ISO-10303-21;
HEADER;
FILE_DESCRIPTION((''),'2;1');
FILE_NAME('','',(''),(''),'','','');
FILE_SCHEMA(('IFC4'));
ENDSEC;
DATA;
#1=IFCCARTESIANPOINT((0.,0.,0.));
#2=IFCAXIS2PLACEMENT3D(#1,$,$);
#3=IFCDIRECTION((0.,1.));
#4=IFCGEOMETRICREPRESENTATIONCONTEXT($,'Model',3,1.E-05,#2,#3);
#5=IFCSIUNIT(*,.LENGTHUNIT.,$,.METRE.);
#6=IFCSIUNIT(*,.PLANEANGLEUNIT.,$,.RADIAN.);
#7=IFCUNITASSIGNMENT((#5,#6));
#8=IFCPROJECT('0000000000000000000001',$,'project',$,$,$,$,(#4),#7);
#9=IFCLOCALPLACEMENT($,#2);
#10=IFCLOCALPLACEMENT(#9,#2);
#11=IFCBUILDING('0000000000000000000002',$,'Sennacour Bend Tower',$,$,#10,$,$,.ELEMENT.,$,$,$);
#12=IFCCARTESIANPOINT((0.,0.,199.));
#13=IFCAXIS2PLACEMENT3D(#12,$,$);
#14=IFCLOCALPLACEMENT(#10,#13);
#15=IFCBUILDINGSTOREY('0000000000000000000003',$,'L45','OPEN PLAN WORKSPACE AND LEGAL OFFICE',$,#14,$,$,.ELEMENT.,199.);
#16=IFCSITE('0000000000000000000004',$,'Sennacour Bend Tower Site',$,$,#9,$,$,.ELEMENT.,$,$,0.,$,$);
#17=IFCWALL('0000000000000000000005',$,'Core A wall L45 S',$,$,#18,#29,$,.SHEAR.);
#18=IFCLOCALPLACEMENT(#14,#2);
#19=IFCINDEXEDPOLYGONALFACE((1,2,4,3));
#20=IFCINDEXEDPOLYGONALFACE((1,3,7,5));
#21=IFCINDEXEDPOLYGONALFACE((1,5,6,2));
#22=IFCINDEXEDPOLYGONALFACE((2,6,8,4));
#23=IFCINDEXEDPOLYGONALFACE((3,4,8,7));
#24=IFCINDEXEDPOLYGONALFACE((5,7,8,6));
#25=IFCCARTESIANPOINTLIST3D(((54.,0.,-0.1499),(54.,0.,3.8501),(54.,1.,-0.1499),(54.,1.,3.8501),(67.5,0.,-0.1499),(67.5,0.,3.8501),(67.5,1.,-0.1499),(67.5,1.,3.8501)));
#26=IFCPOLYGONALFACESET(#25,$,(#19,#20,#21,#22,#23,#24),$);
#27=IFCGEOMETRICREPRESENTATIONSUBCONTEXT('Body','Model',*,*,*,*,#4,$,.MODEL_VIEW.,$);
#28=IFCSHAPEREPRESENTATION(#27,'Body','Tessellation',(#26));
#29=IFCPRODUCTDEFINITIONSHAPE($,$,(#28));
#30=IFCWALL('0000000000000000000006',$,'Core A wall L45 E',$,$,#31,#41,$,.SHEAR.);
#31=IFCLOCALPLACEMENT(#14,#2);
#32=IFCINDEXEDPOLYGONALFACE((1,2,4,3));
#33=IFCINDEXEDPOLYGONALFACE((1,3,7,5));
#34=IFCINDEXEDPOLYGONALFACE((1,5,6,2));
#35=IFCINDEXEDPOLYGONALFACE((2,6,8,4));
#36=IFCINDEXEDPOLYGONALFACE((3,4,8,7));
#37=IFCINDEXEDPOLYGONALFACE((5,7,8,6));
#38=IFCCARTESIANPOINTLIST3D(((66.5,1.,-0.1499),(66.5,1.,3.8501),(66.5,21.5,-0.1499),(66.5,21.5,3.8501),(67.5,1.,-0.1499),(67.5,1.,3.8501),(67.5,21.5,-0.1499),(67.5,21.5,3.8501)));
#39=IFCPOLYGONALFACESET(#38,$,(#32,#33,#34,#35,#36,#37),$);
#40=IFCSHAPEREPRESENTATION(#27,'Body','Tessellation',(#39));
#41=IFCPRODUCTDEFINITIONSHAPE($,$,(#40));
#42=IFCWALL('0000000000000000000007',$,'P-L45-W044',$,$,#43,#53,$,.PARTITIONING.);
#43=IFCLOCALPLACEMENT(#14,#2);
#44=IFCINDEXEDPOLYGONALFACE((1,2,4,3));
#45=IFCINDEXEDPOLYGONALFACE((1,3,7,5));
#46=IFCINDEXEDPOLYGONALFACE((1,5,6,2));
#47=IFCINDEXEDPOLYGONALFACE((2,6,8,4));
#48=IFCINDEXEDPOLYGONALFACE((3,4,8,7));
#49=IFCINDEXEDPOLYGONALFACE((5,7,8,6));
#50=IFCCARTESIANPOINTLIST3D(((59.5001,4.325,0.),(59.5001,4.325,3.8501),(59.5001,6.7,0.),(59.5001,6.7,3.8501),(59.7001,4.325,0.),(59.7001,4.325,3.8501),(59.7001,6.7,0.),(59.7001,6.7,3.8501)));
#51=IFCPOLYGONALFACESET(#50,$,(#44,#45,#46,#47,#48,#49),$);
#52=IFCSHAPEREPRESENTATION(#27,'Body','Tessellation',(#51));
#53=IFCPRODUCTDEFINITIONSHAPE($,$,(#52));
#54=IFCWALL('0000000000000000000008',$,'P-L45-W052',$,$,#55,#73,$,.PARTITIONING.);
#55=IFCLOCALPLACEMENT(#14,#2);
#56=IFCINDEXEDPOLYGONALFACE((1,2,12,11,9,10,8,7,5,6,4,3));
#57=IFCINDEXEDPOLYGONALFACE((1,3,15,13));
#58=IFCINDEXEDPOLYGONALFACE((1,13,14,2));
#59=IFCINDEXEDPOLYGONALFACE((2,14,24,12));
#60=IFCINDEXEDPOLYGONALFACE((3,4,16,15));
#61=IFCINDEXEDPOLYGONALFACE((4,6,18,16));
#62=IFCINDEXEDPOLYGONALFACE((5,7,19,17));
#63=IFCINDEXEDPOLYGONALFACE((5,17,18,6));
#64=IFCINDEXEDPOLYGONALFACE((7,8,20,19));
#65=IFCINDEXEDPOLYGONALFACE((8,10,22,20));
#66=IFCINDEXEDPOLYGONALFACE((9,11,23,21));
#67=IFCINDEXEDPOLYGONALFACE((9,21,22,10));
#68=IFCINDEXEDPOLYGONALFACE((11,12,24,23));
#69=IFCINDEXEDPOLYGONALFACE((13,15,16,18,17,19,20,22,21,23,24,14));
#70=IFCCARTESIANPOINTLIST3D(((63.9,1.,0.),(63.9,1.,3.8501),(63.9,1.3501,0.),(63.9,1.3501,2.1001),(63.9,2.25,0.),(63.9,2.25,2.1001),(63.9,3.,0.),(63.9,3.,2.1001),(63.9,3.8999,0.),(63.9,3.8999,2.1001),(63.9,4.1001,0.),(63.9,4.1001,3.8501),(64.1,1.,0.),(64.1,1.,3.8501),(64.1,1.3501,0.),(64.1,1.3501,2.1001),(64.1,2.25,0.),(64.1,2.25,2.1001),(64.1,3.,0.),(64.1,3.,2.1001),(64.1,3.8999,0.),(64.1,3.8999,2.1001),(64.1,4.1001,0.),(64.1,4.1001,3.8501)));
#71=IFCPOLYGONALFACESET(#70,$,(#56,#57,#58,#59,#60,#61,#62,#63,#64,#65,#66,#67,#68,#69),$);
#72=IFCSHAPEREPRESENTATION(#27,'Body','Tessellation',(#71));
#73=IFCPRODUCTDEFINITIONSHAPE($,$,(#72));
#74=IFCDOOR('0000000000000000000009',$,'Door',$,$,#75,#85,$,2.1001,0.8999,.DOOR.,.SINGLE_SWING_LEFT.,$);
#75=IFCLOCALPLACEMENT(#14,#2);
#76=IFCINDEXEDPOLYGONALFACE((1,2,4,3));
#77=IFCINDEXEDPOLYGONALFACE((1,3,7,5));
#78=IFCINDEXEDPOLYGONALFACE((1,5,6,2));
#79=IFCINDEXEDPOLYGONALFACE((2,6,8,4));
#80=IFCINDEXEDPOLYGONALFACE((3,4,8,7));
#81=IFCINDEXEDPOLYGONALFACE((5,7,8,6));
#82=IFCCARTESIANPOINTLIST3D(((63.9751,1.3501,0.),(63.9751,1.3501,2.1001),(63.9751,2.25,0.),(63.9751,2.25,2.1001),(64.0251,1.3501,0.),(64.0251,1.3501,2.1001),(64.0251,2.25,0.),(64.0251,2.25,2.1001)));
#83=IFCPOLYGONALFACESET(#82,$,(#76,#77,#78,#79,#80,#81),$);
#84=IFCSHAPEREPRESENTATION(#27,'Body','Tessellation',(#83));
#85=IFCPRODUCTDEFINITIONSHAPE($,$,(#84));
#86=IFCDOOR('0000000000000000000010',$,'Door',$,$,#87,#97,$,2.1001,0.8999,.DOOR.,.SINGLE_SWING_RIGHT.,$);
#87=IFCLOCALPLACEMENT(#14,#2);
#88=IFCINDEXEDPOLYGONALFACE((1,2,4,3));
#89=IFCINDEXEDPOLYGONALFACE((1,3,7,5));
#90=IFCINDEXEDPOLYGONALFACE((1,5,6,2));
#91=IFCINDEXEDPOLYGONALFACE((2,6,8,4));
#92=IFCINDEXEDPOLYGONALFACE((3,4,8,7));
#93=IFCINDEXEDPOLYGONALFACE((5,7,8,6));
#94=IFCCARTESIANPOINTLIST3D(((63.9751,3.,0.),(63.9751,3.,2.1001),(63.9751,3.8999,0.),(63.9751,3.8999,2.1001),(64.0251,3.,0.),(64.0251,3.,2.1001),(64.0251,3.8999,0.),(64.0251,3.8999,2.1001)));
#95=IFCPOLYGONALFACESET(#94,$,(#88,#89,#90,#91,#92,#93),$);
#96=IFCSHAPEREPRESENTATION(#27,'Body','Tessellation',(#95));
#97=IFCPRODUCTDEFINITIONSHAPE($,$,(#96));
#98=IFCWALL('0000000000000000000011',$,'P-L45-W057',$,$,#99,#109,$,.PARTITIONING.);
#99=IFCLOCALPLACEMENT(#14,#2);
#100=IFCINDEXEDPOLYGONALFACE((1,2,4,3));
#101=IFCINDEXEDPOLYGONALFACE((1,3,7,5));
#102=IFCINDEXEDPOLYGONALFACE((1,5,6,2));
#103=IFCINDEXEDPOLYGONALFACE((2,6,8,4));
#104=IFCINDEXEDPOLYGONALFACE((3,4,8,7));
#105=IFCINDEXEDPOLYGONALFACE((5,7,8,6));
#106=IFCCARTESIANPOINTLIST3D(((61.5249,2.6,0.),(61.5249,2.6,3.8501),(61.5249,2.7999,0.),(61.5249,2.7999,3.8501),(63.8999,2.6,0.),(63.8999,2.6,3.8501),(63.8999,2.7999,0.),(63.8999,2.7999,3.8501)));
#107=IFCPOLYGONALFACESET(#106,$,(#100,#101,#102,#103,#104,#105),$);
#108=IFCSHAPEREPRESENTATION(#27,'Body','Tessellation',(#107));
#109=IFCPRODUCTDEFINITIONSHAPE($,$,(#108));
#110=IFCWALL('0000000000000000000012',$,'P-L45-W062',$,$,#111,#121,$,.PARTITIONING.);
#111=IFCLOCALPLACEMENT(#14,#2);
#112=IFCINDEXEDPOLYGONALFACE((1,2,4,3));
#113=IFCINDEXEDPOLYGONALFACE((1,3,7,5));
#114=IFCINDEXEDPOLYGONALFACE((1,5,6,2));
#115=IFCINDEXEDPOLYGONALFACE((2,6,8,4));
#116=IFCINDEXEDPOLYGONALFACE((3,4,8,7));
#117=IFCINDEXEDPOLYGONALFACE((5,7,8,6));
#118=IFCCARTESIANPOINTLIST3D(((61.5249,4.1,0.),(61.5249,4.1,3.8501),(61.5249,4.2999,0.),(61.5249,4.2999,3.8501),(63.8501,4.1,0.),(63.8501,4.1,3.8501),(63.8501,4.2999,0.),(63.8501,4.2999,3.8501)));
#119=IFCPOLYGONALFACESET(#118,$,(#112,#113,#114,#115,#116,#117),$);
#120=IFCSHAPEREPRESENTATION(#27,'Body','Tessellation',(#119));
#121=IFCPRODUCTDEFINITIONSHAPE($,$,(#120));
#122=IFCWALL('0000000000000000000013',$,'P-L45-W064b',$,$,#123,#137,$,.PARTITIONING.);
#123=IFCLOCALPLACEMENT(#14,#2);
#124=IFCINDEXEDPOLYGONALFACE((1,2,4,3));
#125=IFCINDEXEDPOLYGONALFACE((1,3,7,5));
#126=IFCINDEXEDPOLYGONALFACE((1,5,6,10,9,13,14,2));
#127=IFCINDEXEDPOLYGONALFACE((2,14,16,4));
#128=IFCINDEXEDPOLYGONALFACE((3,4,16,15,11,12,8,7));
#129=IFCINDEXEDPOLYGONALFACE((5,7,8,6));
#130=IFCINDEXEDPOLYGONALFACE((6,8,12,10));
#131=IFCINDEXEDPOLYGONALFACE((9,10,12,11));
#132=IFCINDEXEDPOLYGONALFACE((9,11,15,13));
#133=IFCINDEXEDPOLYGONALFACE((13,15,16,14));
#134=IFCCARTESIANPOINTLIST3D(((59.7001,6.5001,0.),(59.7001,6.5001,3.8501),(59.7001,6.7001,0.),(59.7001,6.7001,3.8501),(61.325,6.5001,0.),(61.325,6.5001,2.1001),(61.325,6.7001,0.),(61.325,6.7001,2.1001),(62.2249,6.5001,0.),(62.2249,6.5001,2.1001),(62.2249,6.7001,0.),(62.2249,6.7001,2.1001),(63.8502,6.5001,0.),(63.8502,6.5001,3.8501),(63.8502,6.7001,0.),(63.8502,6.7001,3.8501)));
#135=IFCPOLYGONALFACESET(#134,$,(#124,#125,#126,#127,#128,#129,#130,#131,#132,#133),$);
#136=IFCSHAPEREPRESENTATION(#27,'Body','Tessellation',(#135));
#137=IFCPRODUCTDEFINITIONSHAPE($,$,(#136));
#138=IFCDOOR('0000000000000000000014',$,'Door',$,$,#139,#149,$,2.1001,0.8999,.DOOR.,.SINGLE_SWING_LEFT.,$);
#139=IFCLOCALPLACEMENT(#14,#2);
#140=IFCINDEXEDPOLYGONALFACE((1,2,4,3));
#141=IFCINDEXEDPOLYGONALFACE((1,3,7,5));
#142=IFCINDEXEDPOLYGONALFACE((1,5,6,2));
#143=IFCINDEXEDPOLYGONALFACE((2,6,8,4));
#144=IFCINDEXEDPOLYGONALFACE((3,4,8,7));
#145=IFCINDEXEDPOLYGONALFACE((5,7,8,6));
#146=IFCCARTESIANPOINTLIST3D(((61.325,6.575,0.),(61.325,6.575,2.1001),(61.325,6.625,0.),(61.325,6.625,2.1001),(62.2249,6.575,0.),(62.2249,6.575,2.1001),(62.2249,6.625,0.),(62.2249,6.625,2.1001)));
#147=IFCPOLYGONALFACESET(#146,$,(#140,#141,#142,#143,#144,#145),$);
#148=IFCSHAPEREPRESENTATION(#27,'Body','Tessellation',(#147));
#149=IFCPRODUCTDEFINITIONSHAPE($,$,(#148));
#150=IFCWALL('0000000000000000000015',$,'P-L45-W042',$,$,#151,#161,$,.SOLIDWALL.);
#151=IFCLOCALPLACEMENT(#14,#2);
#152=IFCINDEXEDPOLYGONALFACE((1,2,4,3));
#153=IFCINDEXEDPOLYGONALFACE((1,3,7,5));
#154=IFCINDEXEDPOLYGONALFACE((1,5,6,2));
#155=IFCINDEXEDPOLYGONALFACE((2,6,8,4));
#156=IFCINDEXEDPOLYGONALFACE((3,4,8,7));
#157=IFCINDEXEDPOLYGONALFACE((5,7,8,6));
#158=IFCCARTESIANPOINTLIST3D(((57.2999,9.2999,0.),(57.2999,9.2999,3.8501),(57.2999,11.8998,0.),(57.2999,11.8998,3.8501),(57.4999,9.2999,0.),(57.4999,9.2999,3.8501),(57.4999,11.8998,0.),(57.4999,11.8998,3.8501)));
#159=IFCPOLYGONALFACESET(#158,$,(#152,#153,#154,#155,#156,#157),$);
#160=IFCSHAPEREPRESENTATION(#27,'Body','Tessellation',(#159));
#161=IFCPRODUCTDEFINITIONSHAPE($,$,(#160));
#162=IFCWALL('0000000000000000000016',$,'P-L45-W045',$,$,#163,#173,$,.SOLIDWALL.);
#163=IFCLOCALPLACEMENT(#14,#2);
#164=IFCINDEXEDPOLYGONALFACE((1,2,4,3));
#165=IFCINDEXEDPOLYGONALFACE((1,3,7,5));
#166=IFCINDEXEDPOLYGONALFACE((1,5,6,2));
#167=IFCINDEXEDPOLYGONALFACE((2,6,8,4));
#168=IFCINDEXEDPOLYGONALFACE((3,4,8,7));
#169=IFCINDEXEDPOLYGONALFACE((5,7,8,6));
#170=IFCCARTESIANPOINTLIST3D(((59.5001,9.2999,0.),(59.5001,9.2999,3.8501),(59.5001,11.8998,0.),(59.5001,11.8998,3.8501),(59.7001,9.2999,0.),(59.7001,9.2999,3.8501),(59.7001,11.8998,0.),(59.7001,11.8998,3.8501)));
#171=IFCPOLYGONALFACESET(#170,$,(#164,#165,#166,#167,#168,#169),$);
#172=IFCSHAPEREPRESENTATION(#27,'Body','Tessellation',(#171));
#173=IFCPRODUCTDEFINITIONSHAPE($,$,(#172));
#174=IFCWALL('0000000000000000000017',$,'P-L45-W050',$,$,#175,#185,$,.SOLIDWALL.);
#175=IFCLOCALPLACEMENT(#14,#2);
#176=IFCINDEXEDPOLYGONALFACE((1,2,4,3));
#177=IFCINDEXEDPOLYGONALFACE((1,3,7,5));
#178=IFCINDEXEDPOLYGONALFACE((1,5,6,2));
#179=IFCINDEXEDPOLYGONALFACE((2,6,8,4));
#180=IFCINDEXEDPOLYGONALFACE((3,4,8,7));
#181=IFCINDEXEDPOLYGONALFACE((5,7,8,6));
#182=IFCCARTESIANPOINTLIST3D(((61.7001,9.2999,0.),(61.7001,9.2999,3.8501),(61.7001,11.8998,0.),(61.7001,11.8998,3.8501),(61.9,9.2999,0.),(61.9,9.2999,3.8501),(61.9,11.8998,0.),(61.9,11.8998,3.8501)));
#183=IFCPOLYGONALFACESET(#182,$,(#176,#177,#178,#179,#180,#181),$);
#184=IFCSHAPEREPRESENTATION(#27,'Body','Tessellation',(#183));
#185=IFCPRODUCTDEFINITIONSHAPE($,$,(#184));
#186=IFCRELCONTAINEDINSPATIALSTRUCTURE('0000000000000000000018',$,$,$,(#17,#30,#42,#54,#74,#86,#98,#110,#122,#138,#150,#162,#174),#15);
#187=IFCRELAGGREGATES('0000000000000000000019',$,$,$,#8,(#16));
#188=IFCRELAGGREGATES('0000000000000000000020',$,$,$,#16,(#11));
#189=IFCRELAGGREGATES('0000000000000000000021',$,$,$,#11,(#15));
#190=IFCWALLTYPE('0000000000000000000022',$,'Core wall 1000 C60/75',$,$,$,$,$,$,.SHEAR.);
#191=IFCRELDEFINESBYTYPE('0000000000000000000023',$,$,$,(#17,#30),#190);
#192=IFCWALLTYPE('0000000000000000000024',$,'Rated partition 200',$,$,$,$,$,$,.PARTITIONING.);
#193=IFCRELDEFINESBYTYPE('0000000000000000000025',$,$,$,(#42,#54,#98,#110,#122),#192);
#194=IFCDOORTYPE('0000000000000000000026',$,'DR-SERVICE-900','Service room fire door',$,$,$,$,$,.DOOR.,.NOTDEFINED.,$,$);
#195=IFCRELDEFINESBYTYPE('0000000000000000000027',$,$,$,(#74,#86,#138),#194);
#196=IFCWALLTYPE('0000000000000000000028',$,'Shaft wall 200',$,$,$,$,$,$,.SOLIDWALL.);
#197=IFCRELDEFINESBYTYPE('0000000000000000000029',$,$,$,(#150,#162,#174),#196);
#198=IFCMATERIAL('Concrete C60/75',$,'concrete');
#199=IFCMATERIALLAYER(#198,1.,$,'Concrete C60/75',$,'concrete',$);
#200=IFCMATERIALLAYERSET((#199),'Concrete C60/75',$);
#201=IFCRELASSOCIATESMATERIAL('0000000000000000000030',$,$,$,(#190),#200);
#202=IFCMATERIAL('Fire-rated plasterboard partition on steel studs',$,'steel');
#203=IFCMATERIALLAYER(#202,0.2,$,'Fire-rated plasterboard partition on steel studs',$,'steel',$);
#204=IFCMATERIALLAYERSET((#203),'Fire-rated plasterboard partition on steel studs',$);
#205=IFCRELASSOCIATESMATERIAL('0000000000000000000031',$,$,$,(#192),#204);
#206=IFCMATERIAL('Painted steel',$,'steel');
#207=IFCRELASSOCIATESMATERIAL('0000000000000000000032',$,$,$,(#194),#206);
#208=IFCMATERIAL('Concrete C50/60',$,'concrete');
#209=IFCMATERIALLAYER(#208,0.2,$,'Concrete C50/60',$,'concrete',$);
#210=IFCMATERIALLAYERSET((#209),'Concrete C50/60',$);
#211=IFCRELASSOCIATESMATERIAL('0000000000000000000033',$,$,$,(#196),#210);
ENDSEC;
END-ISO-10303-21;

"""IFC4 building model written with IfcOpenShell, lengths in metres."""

from ifc_helpers import new_model, si_unit, direction, frame, frame_2d, origin, place, context, subcontext, project, spatial, rectangle, extrude, material, layer, layer_set, type_object, element, fill, save


model = new_model("IFC4")

# Units and contexts
model_context = context("Model", 3, precision=1e-05, world=origin(), true_north=direction((0.0, 1.0)))
body_context = subcontext(model_context, "Body", "Model", "MODEL_VIEW")
ifc_project = project(units=[si_unit("LENGTHUNIT", "METRE"), si_unit("PLANEANGLEUNIT", "RADIAN")], contexts=[model_context])

# Site, building, storey
site_placement = place(None, origin())
site = spatial("IfcSite", under=ifc_project, at=site_placement, Name="Sennacour Bend Tower Site", CompositionType="ELEMENT", RefElevation=0.0)
building_placement = place(site_placement, origin())
building = spatial("IfcBuilding", under=site, at=building_placement, Name="Sennacour Bend Tower", CompositionType="ELEMENT")
storey_placement = place(building_placement, frame((0.0, 0.0, 199.0)))
storey = spatial("IfcBuildingStorey", under=building, at=storey_placement, Name="L45", Description="OPEN PLAN WORKSPACE AND LEGAL OFFICE", CompositionType="ELEMENT", Elevation=199.0)

# Walls
ifc_material_1 = material(Name="Concrete C60/75", Category="concrete")
ifc_layer_1 = layer(ifc_material_1, 1.0, Name="Concrete C60/75", Category="concrete")
ifc_layer_set_1 = layer_set([ifc_layer_1], Name="Concrete C60/75")
wall_type_1 = type_object("IfcWallType", Name="Core wall 1000 C60/75", PredefinedType="SHEAR", material=ifc_layer_set_1)
wall_1_placement = place(storey_placement, frame((67.5, 0.5, -0.1499), z_axis=(0.0, 0.0, 1.0), x_axis=(-1.0, 0.0, 0.0)))
element("IfcWall", 1, at=wall_1_placement, inside=storey, type_object=wall_type_1, Name="Core A wall L45 S", PredefinedType="SHEAR", context=body_context, shape_type="SweptSolid", body=[
    extrude(rectangle(XDim=13.5, YDim=1.0, at=frame_2d((6.75, 0.0))), origin(), (0.0, 0.0, 1.0), 4.0),
])
wall_2_placement = place(storey_placement, frame((67.0, 1.0, -0.1499), z_axis=(0.0, 0.0, 1.0), x_axis=(0.0, 1.0, 0.0)))
element("IfcWall", 2, at=wall_2_placement, inside=storey, type_object=wall_type_1, Name="Core A wall L45 E", PredefinedType="SHEAR", context=body_context, shape_type="SweptSolid", body=[
    extrude(rectangle(XDim=20.5, YDim=1.0, at=frame_2d((10.25, 0.0))), origin(), (0.0, 0.0, 1.0), 4.0),
])
ifc_material_2 = material(Name="Fire-rated plasterboard partition on steel studs", Category="steel")
ifc_layer_2 = layer(ifc_material_2, 0.2, Name="Fire-rated plasterboard partition on steel studs", Category="steel")
ifc_layer_set_2 = layer_set([ifc_layer_2], Name="Fire-rated plasterboard partition on steel studs")
wall_type_2 = type_object("IfcWallType", Name="Rated partition 200", PredefinedType="PARTITIONING", material=ifc_layer_set_2)
wall_3_placement = place(storey_placement, frame((59.6001, 4.325, 0.0), z_axis=(0.0, 0.0, 1.0), x_axis=(0.0, 1.0, 0.0)))
element("IfcWall", 3, at=wall_3_placement, inside=storey, type_object=wall_type_2, Name="P-L45-W044", PredefinedType="PARTITIONING", context=body_context, shape_type="SweptSolid", body=[
    extrude(rectangle(XDim=2.375, YDim=0.2, at=frame_2d((1.1875, 0.0))), origin(), (0.0, 0.0, 1.0), 3.8501),
])

# Wall, openings, doors
wall_4_placement = place(storey_placement, frame((64.0, 1.0, 0.0), z_axis=(0.0, 0.0, 1.0), x_axis=(0.0, 1.0, 0.0)))
wall_4 = element("IfcWall", 4, at=wall_4_placement, inside=storey, type_object=wall_type_2, Name="P-L45-W052", PredefinedType="PARTITIONING", context=body_context, shape_type="SweptSolid", body=[
    extrude(rectangle(XDim=3.1001, YDim=0.2, at=frame_2d((1.55, 0.0))), origin(), (0.0, 0.0, 1.0), 3.8501),
])
opening_1_placement = place(wall_4_placement, frame((0.3501, 0.0, 0.0)))
opening_1 = element("IfcOpeningElement", 5, at=opening_1_placement, cuts=wall_4, PredefinedType="OPENING", context=body_context, shape_type="SweptSolid", body=[
    extrude(rectangle(XDim=0.8999, YDim=2.1001, at=frame_2d((0.45, 1.05))), frame((0.0, 0.1099, 0.0), z_axis=(0.0, -1.0, 0.0), x_axis=(1.0, 0.0, 0.0)), (0.0, 0.0, 1.0), 0.22),
])
opening_2_placement = place(wall_4_placement, frame((2.0, 0.0, 0.0)))
opening_2 = element("IfcOpeningElement", 6, at=opening_2_placement, cuts=wall_4, PredefinedType="OPENING", context=body_context, shape_type="SweptSolid", body=[
    extrude(rectangle(XDim=0.8999, YDim=2.1001, at=frame_2d((0.45, 1.05))), frame((0.0, 0.1099, 0.0), z_axis=(0.0, -1.0, 0.0), x_axis=(1.0, 0.0, 0.0)), (0.0, 0.0, 1.0), 0.22),
])
ifc_material_3 = material(Name="Painted steel", Category="steel")
door_type_1 = type_object("IfcDoorType", Name="DR-SERVICE-900", Description="Service room fire door", OperationType="NOTDEFINED", PredefinedType="DOOR", material=ifc_material_3)
door_1_placement = place(opening_1_placement, origin())
door_1 = element("IfcDoor", 7, at=door_1_placement, inside=storey, type_object=door_type_1, Name="Door", OperationType="SINGLE_SWING_LEFT", OverallHeight=2.1001, OverallWidth=0.8999, PredefinedType="DOOR", context=body_context, shape_type="SweptSolid", body=[
    extrude(rectangle(XDim=0.8999, YDim=2.1001, at=frame_2d((0.45, 1.05))), frame((0.0, 0.0249, 0.0), z_axis=(0.0, -1.0, 0.0), x_axis=(1.0, 0.0, 0.0)), (0.0, 0.0, 1.0), 0.05),
])
fill(opening_1, door_1)
door_2_placement = place(opening_2_placement, origin())
door_2 = element("IfcDoor", 8, at=door_2_placement, inside=storey, type_object=door_type_1, Name="Door", OperationType="SINGLE_SWING_RIGHT", OverallHeight=2.1001, OverallWidth=0.8999, PredefinedType="DOOR", context=body_context, shape_type="SweptSolid", body=[
    extrude(rectangle(XDim=0.8999, YDim=2.1001, at=frame_2d((0.45, 1.05))), frame((0.0, 0.0249, 0.0), z_axis=(0.0, -1.0, 0.0), x_axis=(1.0, 0.0, 0.0)), (0.0, 0.0, 1.0), 0.05),
])
fill(opening_2, door_2)

# Walls
wall_5_placement = place(storey_placement, frame((61.5249, 2.7, 0.0), z_axis=(0.0, 0.0, 1.0), x_axis=(1.0, 0.0, 0.0)))
element("IfcWall", 9, at=wall_5_placement, inside=storey, type_object=wall_type_2, Name="P-L45-W057", PredefinedType="PARTITIONING", context=body_context, shape_type="SweptSolid", body=[
    extrude(rectangle(XDim=2.375, YDim=0.2, at=frame_2d((1.1875, 0.0))), origin(), (0.0, 0.0, 1.0), 3.8501),
])
wall_6_placement = place(storey_placement, frame((61.5249, 4.2, 0.0), z_axis=(0.0, 0.0, 1.0), x_axis=(1.0, 0.0, 0.0)))
element("IfcWall", 10, at=wall_6_placement, inside=storey, type_object=wall_type_2, Name="P-L45-W062", PredefinedType="PARTITIONING", context=body_context, shape_type="SweptSolid", body=[
    extrude(rectangle(XDim=2.3252, YDim=0.2, at=frame_2d((1.1626, 0.0))), origin(), (0.0, 0.0, 1.0), 3.8501),
])

# Wall, opening, door
wall_7_placement = place(storey_placement, frame((59.7, 6.6001, 0.0), z_axis=(0.0, 0.0, 1.0), x_axis=(1.0, 0.0, 0.0)))
wall_7 = element("IfcWall", 11, at=wall_7_placement, inside=storey, type_object=wall_type_2, Name="P-L45-W064b", PredefinedType="PARTITIONING", context=body_context, shape_type="SweptSolid", body=[
    extrude(rectangle(XDim=4.1501, YDim=0.2, at=frame_2d((2.0752, 0.0))), origin(), (0.0, 0.0, 1.0), 3.8501),
])
opening_3_placement = place(wall_7_placement, frame((1.625, 0.0, 0.0)))
opening_3 = element("IfcOpeningElement", 12, at=opening_3_placement, cuts=wall_7, PredefinedType="OPENING", context=body_context, shape_type="SweptSolid", body=[
    extrude(rectangle(XDim=0.8999, YDim=2.1001, at=frame_2d((0.45, 1.05))), frame((0.0, 0.1099, 0.0), z_axis=(0.0, -1.0, 0.0), x_axis=(1.0, 0.0, 0.0)), (0.0, 0.0, 1.0), 0.22),
])
door_3_placement = place(opening_3_placement, origin())
door_3 = element("IfcDoor", 13, at=door_3_placement, inside=storey, type_object=door_type_1, Name="Door", OperationType="SINGLE_SWING_LEFT", OverallHeight=2.1001, OverallWidth=0.8999, PredefinedType="DOOR", context=body_context, shape_type="SweptSolid", body=[
    extrude(rectangle(XDim=0.8999, YDim=2.1001, at=frame_2d((0.45, 1.05))), frame((0.0, 0.0249, 0.0), z_axis=(0.0, -1.0, 0.0), x_axis=(1.0, 0.0, 0.0)), (0.0, 0.0, 1.0), 0.05),
])
fill(opening_3, door_3)

# Walls
ifc_material_4 = material(Name="Concrete C50/60", Category="concrete")
ifc_layer_3 = layer(ifc_material_4, 0.2, Name="Concrete C50/60", Category="concrete")
ifc_layer_set_3 = layer_set([ifc_layer_3], Name="Concrete C50/60")
wall_type_3 = type_object("IfcWallType", Name="Shaft wall 200", PredefinedType="SOLIDWALL", material=ifc_layer_set_3)
for number, where, z_axis, x_axis, name in (
    (14, (57.3999, 9.3, 0.0), (0.0, 0.0, 1.0), (0.0, 1.0, 0.0), "P-L45-W042"),
    (15, (59.6001, 9.3, 0.0), (0.0, 0.0, 1.0), (0.0, 1.0, 0.0), "P-L45-W045"),
    (16, (61.8, 9.3, 0.0), (0.0, 0.0, 1.0), (0.0, 1.0, 0.0), "P-L45-W050"),
):
    element("IfcWall", number, at=place(storey_placement, frame(where, z_axis=z_axis, x_axis=x_axis)), inside=storey, type_object=wall_type_3, Name=name, PredefinedType="SOLIDWALL", context=body_context, shape_type="SweptSolid", body=[
        extrude(rectangle(XDim=2.5999, YDim=0.2, at=frame_2d((1.2998, 0.0))), origin(), (0.0, 0.0, 1.0), 3.8501),
    ])

save(model, "model.ifc")
